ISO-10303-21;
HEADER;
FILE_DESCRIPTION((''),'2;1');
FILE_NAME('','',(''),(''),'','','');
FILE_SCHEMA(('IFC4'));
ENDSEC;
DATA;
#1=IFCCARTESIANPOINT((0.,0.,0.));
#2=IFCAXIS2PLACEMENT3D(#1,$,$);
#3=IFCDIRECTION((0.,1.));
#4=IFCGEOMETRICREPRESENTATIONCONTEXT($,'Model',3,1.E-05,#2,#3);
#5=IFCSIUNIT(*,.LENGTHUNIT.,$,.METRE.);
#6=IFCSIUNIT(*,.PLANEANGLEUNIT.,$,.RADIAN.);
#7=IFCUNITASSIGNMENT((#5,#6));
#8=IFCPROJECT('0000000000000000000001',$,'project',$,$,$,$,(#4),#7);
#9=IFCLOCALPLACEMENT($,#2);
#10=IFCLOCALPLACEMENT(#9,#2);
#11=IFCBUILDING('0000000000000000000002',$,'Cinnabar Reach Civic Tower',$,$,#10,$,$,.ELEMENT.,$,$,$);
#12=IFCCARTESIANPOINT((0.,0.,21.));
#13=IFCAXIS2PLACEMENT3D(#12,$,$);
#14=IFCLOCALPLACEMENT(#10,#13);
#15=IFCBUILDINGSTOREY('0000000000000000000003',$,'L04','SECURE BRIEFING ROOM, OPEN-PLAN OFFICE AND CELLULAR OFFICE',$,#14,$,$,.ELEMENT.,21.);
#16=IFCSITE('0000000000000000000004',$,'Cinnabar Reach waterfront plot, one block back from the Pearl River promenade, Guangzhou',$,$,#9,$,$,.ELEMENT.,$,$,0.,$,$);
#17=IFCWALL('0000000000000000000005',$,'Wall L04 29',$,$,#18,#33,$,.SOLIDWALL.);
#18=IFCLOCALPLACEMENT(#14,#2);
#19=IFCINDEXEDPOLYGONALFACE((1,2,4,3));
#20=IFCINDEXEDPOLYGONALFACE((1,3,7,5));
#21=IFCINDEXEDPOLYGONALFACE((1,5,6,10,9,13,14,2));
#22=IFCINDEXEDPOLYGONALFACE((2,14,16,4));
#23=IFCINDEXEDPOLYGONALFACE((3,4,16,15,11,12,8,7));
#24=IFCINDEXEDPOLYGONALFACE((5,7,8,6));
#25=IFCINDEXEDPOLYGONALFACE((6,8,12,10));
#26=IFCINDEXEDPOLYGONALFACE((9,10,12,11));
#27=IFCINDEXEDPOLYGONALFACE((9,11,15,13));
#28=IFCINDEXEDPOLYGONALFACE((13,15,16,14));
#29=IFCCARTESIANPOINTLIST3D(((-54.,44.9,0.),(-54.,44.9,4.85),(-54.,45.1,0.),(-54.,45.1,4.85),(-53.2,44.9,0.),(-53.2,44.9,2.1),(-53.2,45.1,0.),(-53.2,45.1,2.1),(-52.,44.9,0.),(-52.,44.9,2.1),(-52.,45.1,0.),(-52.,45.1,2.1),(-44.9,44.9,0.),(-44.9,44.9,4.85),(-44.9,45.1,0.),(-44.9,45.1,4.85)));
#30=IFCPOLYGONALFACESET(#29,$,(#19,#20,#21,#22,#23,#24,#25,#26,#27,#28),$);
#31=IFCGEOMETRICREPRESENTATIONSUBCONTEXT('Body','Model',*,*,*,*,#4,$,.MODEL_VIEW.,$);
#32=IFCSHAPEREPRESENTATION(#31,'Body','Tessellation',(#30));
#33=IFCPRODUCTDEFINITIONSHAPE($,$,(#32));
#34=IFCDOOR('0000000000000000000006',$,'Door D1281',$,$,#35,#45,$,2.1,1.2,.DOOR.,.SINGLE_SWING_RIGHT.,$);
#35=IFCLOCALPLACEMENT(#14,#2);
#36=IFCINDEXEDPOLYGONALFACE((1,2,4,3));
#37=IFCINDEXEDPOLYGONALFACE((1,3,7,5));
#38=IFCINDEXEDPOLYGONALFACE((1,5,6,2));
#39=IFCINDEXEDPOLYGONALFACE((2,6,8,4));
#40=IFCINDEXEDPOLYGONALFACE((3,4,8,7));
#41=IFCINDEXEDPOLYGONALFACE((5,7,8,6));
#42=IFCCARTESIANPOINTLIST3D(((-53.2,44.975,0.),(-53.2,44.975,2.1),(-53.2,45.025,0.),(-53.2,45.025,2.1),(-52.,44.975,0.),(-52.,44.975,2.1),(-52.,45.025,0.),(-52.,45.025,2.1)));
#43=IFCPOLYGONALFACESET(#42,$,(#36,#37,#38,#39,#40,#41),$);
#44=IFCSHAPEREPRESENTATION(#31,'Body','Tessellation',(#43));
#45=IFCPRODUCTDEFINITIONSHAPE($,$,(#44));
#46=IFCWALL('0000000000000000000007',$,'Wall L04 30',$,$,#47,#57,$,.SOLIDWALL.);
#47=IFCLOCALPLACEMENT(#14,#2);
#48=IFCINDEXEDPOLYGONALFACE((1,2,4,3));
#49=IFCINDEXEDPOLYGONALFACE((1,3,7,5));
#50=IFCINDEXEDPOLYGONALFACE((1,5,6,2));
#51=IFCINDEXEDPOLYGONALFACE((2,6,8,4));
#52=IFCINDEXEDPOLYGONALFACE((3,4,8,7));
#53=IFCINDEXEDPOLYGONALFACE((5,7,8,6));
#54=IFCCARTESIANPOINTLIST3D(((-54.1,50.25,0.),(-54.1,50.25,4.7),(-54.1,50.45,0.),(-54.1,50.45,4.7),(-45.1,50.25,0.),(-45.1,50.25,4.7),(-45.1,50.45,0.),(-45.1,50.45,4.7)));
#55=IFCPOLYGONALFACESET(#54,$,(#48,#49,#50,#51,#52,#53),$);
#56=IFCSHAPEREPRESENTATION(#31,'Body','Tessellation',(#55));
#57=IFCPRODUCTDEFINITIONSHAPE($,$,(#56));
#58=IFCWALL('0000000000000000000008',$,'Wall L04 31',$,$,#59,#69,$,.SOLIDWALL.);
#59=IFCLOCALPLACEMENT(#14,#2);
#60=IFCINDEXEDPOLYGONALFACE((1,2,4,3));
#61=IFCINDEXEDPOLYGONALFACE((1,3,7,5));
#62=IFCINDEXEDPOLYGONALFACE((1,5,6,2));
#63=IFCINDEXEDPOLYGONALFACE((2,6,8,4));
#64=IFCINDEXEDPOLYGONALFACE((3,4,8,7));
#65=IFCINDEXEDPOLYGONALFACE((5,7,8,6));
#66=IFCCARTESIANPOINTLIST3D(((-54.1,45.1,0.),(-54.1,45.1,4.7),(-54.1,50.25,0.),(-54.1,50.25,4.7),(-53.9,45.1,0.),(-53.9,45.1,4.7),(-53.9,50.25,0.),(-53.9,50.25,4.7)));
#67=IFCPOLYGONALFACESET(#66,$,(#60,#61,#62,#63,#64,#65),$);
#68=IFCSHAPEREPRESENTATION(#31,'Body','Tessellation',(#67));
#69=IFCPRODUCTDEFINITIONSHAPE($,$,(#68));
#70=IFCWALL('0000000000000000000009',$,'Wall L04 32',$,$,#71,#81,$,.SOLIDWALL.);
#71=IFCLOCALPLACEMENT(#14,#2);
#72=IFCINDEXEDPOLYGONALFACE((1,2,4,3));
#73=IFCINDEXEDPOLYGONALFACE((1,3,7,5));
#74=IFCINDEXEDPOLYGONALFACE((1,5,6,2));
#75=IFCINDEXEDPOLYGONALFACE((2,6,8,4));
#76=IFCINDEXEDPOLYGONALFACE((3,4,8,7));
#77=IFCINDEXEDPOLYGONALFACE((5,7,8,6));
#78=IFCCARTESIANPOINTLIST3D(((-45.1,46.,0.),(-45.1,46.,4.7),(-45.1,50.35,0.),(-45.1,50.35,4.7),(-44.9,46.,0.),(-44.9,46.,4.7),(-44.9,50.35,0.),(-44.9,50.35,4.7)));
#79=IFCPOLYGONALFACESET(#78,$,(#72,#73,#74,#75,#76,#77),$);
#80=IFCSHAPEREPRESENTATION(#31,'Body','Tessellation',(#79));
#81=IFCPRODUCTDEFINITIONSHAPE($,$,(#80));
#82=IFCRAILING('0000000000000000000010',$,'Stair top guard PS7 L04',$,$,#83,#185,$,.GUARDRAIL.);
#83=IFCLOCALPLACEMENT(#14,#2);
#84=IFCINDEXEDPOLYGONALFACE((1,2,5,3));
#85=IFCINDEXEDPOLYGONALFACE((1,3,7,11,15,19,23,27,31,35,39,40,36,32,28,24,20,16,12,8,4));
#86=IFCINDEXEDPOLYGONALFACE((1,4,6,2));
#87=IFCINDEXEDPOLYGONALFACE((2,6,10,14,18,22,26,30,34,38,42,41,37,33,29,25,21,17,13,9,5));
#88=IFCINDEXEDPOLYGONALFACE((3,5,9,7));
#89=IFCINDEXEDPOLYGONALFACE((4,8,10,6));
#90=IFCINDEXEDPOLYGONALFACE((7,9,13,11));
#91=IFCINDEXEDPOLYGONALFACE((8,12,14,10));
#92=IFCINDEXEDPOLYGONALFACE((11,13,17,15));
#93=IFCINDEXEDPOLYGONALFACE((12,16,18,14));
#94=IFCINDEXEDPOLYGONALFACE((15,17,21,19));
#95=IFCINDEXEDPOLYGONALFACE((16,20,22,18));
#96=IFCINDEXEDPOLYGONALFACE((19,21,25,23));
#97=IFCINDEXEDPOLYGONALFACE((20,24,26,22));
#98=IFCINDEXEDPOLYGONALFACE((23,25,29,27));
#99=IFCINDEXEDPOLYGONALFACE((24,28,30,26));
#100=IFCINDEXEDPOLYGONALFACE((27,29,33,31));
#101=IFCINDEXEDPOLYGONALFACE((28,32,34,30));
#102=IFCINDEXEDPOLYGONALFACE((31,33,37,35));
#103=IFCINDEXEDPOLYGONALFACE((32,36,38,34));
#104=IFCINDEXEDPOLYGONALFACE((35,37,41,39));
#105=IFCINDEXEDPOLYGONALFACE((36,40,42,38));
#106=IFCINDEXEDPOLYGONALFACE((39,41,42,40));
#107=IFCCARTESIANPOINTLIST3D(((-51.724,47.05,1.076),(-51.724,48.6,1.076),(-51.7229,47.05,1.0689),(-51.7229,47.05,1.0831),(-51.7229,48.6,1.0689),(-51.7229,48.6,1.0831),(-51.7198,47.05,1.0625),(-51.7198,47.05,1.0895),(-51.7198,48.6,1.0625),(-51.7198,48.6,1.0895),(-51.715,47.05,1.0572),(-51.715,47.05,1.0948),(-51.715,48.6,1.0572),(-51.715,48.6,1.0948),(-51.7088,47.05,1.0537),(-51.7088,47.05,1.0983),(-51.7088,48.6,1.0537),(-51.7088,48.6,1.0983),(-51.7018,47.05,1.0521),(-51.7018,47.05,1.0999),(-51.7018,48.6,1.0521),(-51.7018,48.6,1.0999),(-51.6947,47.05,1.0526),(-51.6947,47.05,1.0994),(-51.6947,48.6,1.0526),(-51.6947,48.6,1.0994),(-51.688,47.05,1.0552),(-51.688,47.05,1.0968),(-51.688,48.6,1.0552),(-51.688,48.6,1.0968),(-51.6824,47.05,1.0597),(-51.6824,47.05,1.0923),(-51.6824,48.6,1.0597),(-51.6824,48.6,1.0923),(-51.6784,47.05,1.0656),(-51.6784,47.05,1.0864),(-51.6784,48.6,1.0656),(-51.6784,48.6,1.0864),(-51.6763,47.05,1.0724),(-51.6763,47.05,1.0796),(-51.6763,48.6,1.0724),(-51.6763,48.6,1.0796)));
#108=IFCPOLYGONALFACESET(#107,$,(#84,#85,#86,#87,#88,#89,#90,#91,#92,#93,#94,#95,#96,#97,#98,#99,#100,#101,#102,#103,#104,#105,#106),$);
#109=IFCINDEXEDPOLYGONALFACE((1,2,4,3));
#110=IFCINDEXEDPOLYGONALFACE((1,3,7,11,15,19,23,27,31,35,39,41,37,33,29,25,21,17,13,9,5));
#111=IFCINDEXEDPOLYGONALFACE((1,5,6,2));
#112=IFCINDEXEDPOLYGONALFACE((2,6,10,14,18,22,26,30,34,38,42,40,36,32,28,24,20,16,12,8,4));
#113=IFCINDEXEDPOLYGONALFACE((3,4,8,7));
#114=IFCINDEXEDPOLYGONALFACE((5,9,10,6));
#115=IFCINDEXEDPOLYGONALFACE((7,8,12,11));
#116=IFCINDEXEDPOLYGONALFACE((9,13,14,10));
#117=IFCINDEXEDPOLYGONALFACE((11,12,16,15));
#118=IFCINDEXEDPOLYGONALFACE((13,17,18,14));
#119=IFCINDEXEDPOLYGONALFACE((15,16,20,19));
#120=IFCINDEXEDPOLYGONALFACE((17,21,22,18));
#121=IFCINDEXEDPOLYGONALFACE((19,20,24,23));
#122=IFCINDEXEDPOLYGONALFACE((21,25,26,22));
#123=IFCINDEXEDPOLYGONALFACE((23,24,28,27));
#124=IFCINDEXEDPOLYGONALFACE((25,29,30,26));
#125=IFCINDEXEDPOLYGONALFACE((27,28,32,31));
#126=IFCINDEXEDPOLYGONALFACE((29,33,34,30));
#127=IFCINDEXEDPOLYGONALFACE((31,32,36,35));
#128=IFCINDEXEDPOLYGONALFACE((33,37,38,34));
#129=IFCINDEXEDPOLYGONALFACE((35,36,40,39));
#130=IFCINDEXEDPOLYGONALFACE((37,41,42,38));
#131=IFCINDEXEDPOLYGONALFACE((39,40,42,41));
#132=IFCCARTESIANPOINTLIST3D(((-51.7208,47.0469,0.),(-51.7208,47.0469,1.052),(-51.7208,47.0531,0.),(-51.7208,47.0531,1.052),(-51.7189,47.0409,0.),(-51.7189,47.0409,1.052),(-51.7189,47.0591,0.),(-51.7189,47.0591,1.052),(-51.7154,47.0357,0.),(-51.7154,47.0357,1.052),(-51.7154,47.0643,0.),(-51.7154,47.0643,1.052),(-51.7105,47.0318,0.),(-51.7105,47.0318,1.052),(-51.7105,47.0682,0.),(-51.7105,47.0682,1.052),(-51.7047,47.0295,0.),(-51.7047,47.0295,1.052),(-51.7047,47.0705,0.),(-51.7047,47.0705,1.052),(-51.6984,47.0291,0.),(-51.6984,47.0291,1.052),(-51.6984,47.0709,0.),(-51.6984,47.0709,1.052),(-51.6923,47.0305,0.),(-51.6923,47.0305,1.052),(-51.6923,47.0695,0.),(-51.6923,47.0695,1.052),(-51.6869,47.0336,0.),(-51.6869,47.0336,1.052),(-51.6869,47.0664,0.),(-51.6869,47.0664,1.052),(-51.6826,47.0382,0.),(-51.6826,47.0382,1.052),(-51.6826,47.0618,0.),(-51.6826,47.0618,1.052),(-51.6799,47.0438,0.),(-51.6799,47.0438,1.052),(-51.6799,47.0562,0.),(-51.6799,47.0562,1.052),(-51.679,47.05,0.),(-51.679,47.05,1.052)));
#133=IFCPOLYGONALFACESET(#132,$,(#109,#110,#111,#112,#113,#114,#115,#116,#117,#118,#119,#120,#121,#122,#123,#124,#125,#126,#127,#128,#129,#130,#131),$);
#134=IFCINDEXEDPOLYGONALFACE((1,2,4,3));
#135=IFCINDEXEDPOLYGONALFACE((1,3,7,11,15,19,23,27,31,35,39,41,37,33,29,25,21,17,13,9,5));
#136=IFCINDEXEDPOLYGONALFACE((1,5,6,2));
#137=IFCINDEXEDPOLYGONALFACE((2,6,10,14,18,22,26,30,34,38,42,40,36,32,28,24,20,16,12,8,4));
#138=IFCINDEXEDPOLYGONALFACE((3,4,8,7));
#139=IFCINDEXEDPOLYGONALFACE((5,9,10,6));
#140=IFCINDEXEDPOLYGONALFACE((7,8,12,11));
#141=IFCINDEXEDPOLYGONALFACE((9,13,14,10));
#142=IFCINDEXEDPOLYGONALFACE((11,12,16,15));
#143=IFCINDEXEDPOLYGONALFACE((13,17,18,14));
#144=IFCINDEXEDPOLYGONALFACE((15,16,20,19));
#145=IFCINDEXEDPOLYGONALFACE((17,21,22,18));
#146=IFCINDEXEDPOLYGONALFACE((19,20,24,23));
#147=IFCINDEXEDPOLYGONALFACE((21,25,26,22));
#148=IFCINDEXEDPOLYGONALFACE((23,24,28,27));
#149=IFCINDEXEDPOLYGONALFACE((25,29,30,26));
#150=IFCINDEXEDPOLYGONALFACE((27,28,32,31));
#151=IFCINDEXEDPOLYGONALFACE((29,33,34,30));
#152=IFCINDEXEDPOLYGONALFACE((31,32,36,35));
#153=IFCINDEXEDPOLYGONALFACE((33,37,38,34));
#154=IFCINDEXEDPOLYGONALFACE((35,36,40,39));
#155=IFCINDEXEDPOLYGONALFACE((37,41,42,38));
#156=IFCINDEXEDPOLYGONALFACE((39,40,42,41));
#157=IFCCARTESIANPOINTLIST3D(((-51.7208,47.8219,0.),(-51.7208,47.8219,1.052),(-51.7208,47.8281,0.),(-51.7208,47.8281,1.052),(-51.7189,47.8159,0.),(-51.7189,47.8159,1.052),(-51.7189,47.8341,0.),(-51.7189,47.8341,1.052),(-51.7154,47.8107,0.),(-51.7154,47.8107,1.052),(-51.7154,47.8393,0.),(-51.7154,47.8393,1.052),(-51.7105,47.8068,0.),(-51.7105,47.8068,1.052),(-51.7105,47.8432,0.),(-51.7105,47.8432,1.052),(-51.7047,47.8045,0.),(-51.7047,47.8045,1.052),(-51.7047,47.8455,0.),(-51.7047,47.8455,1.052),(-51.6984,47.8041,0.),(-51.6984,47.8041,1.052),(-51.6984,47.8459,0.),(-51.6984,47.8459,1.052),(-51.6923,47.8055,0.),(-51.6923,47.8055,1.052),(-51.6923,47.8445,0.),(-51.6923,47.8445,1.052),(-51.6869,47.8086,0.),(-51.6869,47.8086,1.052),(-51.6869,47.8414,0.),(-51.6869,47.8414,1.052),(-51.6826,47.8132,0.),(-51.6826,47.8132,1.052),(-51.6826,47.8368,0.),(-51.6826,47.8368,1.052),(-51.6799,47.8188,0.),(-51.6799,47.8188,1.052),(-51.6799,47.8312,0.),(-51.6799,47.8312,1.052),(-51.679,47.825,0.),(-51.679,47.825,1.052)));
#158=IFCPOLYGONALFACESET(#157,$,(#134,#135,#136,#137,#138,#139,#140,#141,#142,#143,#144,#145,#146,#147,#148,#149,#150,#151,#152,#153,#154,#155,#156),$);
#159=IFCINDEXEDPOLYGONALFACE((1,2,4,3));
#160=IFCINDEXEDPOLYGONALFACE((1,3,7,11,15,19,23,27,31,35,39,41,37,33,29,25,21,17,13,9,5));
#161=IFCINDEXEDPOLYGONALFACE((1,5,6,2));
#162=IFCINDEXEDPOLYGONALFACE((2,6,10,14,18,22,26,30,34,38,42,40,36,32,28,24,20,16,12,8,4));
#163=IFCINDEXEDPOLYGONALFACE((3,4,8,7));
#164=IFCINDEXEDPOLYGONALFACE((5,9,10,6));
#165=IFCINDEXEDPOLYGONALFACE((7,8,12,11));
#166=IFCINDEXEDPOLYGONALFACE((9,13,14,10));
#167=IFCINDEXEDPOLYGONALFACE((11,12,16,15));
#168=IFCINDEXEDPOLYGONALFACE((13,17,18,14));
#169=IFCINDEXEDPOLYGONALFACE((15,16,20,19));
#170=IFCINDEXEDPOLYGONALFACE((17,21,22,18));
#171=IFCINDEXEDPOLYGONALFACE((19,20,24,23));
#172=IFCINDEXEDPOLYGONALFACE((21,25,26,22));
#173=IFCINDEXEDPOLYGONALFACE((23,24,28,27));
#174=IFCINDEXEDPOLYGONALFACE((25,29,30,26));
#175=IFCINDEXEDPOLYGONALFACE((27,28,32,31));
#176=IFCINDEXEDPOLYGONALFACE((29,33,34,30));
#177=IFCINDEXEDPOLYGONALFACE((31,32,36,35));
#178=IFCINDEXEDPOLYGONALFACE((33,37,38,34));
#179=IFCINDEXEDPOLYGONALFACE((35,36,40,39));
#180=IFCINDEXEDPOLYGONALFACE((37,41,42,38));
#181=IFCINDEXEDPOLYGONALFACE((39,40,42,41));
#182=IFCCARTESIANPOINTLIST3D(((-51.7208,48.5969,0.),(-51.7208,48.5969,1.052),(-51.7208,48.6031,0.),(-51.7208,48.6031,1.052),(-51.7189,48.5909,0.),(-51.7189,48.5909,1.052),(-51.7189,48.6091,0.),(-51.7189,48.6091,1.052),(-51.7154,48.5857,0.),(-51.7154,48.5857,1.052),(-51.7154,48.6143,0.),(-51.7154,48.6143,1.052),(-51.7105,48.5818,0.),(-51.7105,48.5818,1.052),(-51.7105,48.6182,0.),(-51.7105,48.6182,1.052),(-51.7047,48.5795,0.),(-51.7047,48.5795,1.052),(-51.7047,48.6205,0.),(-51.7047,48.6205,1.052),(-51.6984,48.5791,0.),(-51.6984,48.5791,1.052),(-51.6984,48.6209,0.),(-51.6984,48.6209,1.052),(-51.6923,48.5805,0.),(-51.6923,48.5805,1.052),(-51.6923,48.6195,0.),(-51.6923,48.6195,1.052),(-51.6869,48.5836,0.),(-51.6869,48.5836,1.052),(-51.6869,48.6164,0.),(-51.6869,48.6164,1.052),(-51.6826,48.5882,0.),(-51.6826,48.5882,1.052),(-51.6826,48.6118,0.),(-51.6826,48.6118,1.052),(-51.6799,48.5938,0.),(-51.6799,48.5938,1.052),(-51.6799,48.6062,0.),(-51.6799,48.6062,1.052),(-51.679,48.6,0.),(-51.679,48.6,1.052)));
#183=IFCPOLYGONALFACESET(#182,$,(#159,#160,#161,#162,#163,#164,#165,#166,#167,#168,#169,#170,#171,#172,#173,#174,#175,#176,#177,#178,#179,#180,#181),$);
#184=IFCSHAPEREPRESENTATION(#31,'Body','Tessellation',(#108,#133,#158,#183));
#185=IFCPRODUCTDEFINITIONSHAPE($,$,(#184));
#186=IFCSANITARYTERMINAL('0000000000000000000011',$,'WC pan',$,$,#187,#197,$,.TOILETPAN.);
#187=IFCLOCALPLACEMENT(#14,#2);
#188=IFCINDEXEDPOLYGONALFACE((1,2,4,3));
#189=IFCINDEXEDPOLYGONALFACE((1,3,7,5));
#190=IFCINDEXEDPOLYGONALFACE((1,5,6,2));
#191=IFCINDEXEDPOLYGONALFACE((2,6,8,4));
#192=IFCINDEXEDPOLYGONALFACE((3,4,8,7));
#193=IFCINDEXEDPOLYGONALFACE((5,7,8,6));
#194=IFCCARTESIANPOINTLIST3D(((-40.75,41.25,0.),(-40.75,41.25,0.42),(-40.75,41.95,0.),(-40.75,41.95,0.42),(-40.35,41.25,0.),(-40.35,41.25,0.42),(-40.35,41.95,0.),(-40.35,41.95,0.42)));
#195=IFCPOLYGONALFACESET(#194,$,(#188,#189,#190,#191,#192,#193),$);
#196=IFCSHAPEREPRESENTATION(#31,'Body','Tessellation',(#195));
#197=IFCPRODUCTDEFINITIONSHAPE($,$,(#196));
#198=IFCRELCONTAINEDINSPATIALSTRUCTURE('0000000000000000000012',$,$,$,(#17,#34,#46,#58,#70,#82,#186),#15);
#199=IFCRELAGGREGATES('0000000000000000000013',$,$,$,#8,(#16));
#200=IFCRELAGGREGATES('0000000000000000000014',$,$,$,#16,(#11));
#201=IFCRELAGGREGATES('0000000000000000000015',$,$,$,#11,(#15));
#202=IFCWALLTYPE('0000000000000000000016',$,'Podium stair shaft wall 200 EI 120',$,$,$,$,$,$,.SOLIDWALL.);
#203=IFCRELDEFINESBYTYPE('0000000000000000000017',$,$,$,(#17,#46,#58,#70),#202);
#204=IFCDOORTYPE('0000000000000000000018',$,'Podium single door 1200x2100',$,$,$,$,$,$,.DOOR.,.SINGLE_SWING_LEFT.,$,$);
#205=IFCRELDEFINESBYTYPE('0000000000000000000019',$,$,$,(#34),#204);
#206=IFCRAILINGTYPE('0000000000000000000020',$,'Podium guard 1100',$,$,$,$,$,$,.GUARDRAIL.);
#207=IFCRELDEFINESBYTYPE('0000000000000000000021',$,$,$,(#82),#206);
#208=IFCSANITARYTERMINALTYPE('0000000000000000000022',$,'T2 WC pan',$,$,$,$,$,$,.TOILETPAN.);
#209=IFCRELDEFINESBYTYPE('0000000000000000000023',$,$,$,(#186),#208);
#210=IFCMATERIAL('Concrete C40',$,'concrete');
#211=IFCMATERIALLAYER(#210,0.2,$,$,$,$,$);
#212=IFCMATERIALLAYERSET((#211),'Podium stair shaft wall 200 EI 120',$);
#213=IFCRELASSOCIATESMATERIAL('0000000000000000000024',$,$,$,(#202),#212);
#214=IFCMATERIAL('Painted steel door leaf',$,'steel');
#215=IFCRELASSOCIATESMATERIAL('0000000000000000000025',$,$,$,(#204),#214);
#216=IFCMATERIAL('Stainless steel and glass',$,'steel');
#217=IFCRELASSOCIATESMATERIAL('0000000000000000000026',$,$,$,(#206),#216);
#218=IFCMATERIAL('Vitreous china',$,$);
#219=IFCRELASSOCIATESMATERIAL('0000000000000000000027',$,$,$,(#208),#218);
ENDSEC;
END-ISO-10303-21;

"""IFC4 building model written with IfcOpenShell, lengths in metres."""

from ifc_helpers import new_model, si_unit, direction, frame, frame_2d, origin, origin_2d, place, context, subcontext, project, spatial, rectangle, circle, extrude, material, layer, layer_set, type_object, element, fill, save


model = new_model("IFC4")

# Units and contexts
model_context = context("Model", 3, precision=1e-05, world=origin(), true_north=direction((0.0, 1.0)))
body_context = subcontext(model_context, "Body", "Model", "MODEL_VIEW")
ifc_project = project(units=[si_unit("LENGTHUNIT", "METRE"), si_unit("PLANEANGLEUNIT", "RADIAN")], contexts=[model_context])

# Site, building, storey
site_placement = place(None, origin())
site = spatial("IfcSite", under=ifc_project, at=site_placement, Name="Cinnabar Reach waterfront plot, one block back from the Pearl River promenade, Guangzhou", CompositionType="ELEMENT", RefElevation=0.0)
building_placement = place(site_placement, origin())
building = spatial("IfcBuilding", under=site, at=building_placement, Name="Cinnabar Reach Civic Tower", CompositionType="ELEMENT")
storey_placement = place(building_placement, frame((0.0, 0.0, 21.0)))
storey = spatial("IfcBuildingStorey", under=building, at=storey_placement, Name="L04", Description="SECURE BRIEFING ROOM, OPEN-PLAN OFFICE AND CELLULAR OFFICE", CompositionType="ELEMENT", Elevation=21.0)

# Shared definitions
ifc_material_1 = material(Name="Painted steel door leaf", Category="steel")

# Shared definitions
ifc_material_2 = material(Name="Concrete C40", Category="concrete")
ifc_layer_1 = layer(ifc_material_2, 0.2)
ifc_layer_set_1 = layer_set([ifc_layer_1], Name="Podium stair shaft wall 200 EI 120")
wall_type_1 = type_object("IfcWallType", Name="Podium stair shaft wall 200 EI 120", PredefinedType="SOLIDWALL", material=ifc_layer_set_1)

# Wall, opening, door
wall_1_placement = place(storey_placement, frame((-54.0, 45.0, 0.0), z_axis=(0.0, 0.0, 1.0), x_axis=(1.0, 0.0, 0.0)))
wall_1 = element("IfcWall", 1, at=wall_1_placement, inside=storey, type_object=wall_type_1, Name="Wall L04 29", PredefinedType="SOLIDWALL", context=body_context, shape_type="SweptSolid", body=[
    extrude(rectangle(XDim=9.1, YDim=0.2, at=frame_2d((4.55, 0.0))), origin(), (0.0, 0.0, 1.0), 4.85),
])
opening_1_placement = place(wall_1_placement, frame((0.8, 0.0, 0.0)))
opening_1 = element("IfcOpeningElement", 2, at=opening_1_placement, cuts=wall_1, PredefinedType="OPENING", context=body_context, shape_type="SweptSolid", body=[
    extrude(rectangle(XDim=1.2, YDim=2.1, at=frame_2d((0.6, 1.05))), frame((0.0, 0.11, 0.0), z_axis=(0.0, -1.0, 0.0), x_axis=(1.0, 0.0, 0.0)), (0.0, 0.0, 1.0), 0.22),
])
door_type_1 = type_object("IfcDoorType", Name="Podium single door 1200x2100", OperationType="SINGLE_SWING_LEFT", PredefinedType="DOOR", material=ifc_material_1)
door_1_placement = place(opening_1_placement, origin())
door_1 = element("IfcDoor", 3, at=door_1_placement, inside=storey, type_object=door_type_1, Name="Door D1281", OperationType="SINGLE_SWING_RIGHT", OverallHeight=2.1, OverallWidth=1.2, PredefinedType="DOOR", context=body_context, shape_type="SweptSolid", body=[
    extrude(rectangle(XDim=1.2, YDim=2.1, at=frame_2d((0.6, 1.05))), frame((0.0, 0.025, 0.0), z_axis=(0.0, -1.0, 0.0), x_axis=(1.0, 0.0, 0.0)), (0.0, 0.0, 1.0), 0.05),
])
fill(opening_1, door_1)

# Walls
wall_2_placement = place(storey_placement, frame((-54.1, 50.35, 0.0), z_axis=(0.0, 0.0, 1.0), x_axis=(1.0, 0.0, 0.0)))
element("IfcWall", 4, at=wall_2_placement, inside=storey, type_object=wall_type_1, Name="Wall L04 30", PredefinedType="SOLIDWALL", context=body_context, shape_type="SweptSolid", body=[
    extrude(rectangle(XDim=9.0, YDim=0.2, at=frame_2d((4.5, 0.0))), origin(), (0.0, 0.0, 1.0), 4.7),
])
wall_3_placement = place(storey_placement, frame((-54.0, 45.1, 0.0), z_axis=(0.0, 0.0, 1.0), x_axis=(0.0, 1.0, 0.0)))
element("IfcWall", 5, at=wall_3_placement, inside=storey, type_object=wall_type_1, Name="Wall L04 31", PredefinedType="SOLIDWALL", context=body_context, shape_type="SweptSolid", body=[
    extrude(rectangle(XDim=5.15, YDim=0.2, at=frame_2d((2.575, 0.0))), origin(), (0.0, 0.0, 1.0), 4.7),
])
wall_4_placement = place(storey_placement, frame((-45.0, 46.0, 0.0), z_axis=(0.0, 0.0, 1.0), x_axis=(0.0, 1.0, 0.0)))
element("IfcWall", 6, at=wall_4_placement, inside=storey, type_object=wall_type_1, Name="Wall L04 32", PredefinedType="SOLIDWALL", context=body_context, shape_type="SweptSolid", body=[
    extrude(rectangle(XDim=4.35, YDim=0.2, at=frame_2d((2.175, 0.0))), origin(), (0.0, 0.0, 1.0), 4.7),
])

# Railing
ifc_material_3 = material(Name="Stainless steel and glass", Category="steel")
railing_type = type_object("IfcRailingType", Name="Podium guard 1100", PredefinedType="GUARDRAIL", material=ifc_material_3)
railing_1_placement = place(storey_placement, frame((-51.7, 47.05, 0.0)))
element("IfcRailing", 7, at=railing_1_placement, inside=storey, type_object=railing_type, Name="Stair top guard PS7 L04", PredefinedType="GUARDRAIL", context=body_context, shape_type="SweptSolid", body=[
    extrude(circle(Radius=0.024, at=origin_2d()), frame((0.0, 0.0, 1.076), z_axis=(0.0, 1.0, 0.0), x_axis=(-1.0, 0.0, 0.0)), (0.0, 0.0, 1.0), 1.55),
    extrude(circle(Radius=0.021, at=origin_2d()), origin(), (0.0, 0.0, 1.0), 1.052),
    extrude(circle(Radius=0.021, at=origin_2d()), frame((0.0, 0.775, 0.0)), (0.0, 0.0, 1.0), 1.052),
    extrude(circle(Radius=0.021, at=origin_2d()), frame((0.0, 1.55, 0.0)), (0.0, 0.0, 1.0), 1.052),
])

# Sanitary terminal
ifc_material_4 = material(Name="Vitreous china")
sanitary_terminal_type = type_object("IfcSanitaryTerminalType", Name="T2 WC pan", PredefinedType="TOILETPAN", material=ifc_material_4)
sanitary_terminal_placement = place(storey_placement, frame((-40.55, 41.6, 0.0), z_axis=(0.0, 0.0, 1.0), x_axis=(1.0, 0.0, 0.0)))
element("IfcSanitaryTerminal", 8, at=sanitary_terminal_placement, inside=storey, type_object=sanitary_terminal_type, Name="WC pan", PredefinedType="TOILETPAN", context=body_context, shape_type="SweptSolid", body=[
    extrude(rectangle(XDim=0.4, YDim=0.7, at=origin_2d()), origin(), (0.0, 0.0, 1.0), 0.42),
])

save(model, "model.ifc")
